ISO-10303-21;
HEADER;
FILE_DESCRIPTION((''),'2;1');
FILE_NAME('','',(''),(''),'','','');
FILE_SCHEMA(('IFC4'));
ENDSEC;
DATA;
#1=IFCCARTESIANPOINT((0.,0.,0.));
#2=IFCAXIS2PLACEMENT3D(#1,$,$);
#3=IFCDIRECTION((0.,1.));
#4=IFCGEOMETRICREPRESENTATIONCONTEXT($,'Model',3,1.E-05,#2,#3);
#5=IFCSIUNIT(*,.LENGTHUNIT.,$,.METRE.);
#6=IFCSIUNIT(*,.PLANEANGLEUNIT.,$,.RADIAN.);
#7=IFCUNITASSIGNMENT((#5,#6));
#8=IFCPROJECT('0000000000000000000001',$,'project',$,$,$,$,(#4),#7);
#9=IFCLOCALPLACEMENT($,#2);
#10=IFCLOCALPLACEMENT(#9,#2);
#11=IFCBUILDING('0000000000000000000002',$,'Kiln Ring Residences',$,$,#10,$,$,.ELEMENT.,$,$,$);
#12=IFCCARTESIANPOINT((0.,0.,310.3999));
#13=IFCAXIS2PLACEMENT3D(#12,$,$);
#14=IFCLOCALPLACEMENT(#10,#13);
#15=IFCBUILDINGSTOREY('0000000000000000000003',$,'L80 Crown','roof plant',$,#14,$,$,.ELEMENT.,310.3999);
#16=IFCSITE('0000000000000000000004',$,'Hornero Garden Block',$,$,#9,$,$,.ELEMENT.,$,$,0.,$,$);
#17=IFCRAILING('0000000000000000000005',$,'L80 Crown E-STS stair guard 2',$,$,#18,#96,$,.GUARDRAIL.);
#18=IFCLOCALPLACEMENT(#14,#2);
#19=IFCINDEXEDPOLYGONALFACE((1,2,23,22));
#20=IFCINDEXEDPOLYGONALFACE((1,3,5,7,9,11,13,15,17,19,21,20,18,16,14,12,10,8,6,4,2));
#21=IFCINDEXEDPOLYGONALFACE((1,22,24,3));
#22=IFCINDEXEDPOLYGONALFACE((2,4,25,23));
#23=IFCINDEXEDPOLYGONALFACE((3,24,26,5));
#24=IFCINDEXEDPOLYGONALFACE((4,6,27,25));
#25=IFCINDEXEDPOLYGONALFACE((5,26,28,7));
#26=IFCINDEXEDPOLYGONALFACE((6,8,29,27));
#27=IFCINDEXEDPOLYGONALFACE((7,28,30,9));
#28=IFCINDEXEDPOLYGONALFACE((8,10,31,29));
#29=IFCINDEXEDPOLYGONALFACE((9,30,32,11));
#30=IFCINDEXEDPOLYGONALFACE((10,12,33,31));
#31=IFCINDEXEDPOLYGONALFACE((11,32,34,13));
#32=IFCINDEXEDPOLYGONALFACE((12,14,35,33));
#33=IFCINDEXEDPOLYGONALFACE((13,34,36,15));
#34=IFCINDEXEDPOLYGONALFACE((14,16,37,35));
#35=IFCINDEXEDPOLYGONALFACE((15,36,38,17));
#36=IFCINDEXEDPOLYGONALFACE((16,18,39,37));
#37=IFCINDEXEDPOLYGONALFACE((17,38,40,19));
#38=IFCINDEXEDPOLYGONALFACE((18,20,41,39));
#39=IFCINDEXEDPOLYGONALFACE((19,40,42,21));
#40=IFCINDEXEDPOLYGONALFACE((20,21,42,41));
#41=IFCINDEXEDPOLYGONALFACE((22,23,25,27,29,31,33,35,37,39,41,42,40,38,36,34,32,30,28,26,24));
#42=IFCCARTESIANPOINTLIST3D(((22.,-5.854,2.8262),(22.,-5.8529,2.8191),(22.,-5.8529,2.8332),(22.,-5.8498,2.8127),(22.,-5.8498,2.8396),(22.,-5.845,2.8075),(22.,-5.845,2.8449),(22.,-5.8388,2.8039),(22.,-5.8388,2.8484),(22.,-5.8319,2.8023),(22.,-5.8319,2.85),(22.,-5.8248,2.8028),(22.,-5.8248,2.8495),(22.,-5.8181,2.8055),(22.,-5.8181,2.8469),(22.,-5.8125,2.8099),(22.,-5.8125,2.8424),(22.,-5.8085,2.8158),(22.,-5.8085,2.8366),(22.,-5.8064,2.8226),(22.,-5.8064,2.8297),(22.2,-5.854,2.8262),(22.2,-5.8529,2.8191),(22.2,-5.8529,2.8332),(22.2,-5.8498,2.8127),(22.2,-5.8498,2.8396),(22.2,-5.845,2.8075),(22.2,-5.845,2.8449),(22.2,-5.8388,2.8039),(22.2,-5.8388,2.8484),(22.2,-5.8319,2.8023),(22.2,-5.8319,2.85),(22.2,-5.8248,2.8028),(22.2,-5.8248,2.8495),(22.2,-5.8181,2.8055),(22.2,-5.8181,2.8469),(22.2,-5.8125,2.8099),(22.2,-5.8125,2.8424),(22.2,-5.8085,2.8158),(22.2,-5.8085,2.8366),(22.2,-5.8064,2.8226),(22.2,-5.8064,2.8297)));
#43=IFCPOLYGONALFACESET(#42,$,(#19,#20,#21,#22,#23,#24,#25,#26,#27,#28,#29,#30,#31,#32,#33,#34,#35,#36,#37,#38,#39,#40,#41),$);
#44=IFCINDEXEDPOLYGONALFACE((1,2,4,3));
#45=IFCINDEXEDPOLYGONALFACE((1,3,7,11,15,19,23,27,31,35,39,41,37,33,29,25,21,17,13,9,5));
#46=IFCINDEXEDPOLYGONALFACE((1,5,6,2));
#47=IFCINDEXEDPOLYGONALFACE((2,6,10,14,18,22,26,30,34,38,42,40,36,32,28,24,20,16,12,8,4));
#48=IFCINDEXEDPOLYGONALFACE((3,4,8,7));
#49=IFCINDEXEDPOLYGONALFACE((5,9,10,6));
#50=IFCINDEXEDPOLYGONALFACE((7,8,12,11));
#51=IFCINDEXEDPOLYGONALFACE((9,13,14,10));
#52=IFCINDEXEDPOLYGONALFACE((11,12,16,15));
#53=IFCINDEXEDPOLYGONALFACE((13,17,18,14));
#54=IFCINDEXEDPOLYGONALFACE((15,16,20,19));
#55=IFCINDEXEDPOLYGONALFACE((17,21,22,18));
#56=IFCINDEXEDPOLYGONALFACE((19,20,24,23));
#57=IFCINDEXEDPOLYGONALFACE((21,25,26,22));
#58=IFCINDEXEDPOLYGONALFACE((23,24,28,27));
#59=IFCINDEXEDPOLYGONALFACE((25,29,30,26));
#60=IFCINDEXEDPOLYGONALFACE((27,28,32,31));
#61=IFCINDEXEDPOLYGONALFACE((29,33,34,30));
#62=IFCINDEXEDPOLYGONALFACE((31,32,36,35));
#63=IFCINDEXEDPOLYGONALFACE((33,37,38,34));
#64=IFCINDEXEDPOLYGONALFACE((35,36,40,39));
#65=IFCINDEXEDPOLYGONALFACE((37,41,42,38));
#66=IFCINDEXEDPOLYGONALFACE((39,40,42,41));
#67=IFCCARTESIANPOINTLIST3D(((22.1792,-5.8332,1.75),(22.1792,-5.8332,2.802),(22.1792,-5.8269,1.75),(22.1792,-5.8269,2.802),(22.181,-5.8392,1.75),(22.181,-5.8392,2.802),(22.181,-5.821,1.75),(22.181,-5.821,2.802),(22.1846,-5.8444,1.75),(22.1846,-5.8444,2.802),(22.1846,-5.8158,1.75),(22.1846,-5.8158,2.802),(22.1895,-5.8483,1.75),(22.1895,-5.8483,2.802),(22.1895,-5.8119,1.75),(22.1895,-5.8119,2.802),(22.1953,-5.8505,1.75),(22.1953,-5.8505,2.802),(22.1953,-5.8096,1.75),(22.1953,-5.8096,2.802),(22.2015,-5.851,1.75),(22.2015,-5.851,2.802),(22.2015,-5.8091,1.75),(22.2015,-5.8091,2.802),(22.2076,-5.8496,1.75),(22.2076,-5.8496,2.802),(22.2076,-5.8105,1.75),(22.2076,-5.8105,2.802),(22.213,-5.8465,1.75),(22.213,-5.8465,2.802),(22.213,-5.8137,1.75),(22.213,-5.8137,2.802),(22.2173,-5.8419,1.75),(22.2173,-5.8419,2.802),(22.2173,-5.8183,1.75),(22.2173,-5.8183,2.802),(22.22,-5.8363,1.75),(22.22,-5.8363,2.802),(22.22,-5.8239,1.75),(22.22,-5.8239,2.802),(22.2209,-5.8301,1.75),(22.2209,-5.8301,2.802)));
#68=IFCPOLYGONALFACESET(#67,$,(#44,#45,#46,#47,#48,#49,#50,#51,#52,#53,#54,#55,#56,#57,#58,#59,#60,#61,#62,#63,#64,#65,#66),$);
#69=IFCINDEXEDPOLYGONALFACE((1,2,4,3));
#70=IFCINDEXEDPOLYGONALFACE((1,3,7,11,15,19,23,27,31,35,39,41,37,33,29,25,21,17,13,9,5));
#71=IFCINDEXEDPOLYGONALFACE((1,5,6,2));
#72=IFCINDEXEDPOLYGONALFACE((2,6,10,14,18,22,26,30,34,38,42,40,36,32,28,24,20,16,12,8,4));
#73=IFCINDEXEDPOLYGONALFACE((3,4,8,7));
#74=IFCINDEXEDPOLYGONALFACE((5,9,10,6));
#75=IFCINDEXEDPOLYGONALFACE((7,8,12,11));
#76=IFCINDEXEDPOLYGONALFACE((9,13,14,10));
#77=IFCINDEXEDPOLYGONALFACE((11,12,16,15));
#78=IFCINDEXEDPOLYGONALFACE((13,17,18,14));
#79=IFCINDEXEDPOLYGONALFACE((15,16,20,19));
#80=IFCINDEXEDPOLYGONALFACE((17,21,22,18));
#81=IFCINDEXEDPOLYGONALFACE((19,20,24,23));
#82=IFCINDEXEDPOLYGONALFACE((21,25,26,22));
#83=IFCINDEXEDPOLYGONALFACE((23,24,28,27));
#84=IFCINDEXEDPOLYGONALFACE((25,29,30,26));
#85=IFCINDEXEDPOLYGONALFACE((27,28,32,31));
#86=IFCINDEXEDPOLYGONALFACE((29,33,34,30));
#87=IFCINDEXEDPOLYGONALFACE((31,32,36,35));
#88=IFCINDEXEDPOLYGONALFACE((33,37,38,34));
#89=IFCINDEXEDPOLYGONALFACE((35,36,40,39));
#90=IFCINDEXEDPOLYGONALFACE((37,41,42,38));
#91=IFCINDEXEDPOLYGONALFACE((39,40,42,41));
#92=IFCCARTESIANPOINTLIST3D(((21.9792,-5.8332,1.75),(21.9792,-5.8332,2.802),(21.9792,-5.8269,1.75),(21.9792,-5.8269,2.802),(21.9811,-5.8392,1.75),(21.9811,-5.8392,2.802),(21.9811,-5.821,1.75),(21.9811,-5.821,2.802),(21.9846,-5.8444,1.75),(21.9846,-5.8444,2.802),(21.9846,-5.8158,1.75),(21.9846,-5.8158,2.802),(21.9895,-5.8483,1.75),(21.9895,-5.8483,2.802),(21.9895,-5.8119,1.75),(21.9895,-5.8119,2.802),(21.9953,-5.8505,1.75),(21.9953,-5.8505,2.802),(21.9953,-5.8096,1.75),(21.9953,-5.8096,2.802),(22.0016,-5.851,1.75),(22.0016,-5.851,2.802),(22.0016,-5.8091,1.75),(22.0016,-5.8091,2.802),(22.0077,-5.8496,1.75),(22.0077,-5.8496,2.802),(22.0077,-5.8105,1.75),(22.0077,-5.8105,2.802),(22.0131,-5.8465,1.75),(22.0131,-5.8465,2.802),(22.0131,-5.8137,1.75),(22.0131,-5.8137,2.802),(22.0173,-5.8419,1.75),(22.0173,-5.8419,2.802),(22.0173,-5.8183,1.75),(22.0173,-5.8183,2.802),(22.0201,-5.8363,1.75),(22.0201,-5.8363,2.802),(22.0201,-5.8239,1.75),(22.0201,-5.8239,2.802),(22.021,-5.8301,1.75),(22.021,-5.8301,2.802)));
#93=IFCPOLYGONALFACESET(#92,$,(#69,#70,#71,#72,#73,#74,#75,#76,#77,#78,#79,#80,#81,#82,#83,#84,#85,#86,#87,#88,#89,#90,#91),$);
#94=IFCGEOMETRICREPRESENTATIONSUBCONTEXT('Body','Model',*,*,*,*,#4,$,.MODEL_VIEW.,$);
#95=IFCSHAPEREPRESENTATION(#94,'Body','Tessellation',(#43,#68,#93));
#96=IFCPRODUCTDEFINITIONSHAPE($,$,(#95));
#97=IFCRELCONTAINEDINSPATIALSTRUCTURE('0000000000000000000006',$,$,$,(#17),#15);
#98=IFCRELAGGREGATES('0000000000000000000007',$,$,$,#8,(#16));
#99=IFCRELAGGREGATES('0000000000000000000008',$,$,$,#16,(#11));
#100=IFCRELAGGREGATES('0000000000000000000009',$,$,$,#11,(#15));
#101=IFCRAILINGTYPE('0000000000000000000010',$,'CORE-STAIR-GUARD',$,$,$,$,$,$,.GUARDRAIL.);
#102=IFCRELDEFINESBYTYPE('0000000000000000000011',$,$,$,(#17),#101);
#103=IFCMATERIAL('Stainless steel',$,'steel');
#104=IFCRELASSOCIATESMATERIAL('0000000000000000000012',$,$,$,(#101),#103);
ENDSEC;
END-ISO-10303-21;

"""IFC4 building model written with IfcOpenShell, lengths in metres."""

from ifc_helpers import new_model, si_unit, direction, frame, origin, origin_2d, place, context, subcontext, project, spatial, circle, extrude, material, type_object, element, save


model = new_model("IFC4")

# Units and contexts
model_context = context("Model", 3, precision=1e-05, world=origin(), true_north=direction((0.0, 1.0)))
body_context = subcontext(model_context, "Body", "Model", "MODEL_VIEW")
ifc_project = project(units=[si_unit("LENGTHUNIT", "METRE"), si_unit("PLANEANGLEUNIT", "RADIAN")], contexts=[model_context])

# Site, building, storey
site_placement = place(None, origin())
site = spatial("IfcSite", under=ifc_project, at=site_placement, Name="Hornero Garden Block", CompositionType="ELEMENT", RefElevation=0.0)
building_placement = place(site_placement, origin())
building = spatial("IfcBuilding", under=site, at=building_placement, Name="Kiln Ring Residences", CompositionType="ELEMENT")
storey_placement = place(building_placement, frame((0.0, 0.0, 310.3999)))
storey = spatial("IfcBuildingStorey", under=building, at=storey_placement, Name="L80 Crown", Description="roof plant", CompositionType="ELEMENT", Elevation=310.3999)

# Railing
ifc_material_1 = material(Name="Stainless steel", Category="steel")
railing_type_1 = type_object("IfcRailingType", Name="CORE-STAIR-GUARD", PredefinedType="GUARDRAIL", material=ifc_material_1)
railing_1_placement = place(storey_placement, frame((22.2, -5.8301, 1.75)))
element("IfcRailing", 1, at=railing_1_placement, inside=storey, type_object=railing_type_1, Name="L80 Crown E-STS stair guard 2", PredefinedType="GUARDRAIL", context=body_context, shape_type="SweptSolid", body=[
    extrude(circle(Radius=0.0239, at=origin_2d()), frame((0.0, 0.0, 1.0762), z_axis=(-1.0, 0.0, 0.0), x_axis=(0.0, -1.0, 0.0)), (0.0, 0.0, 1.0), 0.2),
    extrude(circle(Radius=0.021, at=origin_2d()), origin(), (0.0, 0.0, 1.0), 1.052),
    extrude(circle(Radius=0.021, at=origin_2d()), frame((-0.2, 0.0, 0.0)), (0.0, 0.0, 1.0), 1.052),
])

save(model, "model.ifc")
